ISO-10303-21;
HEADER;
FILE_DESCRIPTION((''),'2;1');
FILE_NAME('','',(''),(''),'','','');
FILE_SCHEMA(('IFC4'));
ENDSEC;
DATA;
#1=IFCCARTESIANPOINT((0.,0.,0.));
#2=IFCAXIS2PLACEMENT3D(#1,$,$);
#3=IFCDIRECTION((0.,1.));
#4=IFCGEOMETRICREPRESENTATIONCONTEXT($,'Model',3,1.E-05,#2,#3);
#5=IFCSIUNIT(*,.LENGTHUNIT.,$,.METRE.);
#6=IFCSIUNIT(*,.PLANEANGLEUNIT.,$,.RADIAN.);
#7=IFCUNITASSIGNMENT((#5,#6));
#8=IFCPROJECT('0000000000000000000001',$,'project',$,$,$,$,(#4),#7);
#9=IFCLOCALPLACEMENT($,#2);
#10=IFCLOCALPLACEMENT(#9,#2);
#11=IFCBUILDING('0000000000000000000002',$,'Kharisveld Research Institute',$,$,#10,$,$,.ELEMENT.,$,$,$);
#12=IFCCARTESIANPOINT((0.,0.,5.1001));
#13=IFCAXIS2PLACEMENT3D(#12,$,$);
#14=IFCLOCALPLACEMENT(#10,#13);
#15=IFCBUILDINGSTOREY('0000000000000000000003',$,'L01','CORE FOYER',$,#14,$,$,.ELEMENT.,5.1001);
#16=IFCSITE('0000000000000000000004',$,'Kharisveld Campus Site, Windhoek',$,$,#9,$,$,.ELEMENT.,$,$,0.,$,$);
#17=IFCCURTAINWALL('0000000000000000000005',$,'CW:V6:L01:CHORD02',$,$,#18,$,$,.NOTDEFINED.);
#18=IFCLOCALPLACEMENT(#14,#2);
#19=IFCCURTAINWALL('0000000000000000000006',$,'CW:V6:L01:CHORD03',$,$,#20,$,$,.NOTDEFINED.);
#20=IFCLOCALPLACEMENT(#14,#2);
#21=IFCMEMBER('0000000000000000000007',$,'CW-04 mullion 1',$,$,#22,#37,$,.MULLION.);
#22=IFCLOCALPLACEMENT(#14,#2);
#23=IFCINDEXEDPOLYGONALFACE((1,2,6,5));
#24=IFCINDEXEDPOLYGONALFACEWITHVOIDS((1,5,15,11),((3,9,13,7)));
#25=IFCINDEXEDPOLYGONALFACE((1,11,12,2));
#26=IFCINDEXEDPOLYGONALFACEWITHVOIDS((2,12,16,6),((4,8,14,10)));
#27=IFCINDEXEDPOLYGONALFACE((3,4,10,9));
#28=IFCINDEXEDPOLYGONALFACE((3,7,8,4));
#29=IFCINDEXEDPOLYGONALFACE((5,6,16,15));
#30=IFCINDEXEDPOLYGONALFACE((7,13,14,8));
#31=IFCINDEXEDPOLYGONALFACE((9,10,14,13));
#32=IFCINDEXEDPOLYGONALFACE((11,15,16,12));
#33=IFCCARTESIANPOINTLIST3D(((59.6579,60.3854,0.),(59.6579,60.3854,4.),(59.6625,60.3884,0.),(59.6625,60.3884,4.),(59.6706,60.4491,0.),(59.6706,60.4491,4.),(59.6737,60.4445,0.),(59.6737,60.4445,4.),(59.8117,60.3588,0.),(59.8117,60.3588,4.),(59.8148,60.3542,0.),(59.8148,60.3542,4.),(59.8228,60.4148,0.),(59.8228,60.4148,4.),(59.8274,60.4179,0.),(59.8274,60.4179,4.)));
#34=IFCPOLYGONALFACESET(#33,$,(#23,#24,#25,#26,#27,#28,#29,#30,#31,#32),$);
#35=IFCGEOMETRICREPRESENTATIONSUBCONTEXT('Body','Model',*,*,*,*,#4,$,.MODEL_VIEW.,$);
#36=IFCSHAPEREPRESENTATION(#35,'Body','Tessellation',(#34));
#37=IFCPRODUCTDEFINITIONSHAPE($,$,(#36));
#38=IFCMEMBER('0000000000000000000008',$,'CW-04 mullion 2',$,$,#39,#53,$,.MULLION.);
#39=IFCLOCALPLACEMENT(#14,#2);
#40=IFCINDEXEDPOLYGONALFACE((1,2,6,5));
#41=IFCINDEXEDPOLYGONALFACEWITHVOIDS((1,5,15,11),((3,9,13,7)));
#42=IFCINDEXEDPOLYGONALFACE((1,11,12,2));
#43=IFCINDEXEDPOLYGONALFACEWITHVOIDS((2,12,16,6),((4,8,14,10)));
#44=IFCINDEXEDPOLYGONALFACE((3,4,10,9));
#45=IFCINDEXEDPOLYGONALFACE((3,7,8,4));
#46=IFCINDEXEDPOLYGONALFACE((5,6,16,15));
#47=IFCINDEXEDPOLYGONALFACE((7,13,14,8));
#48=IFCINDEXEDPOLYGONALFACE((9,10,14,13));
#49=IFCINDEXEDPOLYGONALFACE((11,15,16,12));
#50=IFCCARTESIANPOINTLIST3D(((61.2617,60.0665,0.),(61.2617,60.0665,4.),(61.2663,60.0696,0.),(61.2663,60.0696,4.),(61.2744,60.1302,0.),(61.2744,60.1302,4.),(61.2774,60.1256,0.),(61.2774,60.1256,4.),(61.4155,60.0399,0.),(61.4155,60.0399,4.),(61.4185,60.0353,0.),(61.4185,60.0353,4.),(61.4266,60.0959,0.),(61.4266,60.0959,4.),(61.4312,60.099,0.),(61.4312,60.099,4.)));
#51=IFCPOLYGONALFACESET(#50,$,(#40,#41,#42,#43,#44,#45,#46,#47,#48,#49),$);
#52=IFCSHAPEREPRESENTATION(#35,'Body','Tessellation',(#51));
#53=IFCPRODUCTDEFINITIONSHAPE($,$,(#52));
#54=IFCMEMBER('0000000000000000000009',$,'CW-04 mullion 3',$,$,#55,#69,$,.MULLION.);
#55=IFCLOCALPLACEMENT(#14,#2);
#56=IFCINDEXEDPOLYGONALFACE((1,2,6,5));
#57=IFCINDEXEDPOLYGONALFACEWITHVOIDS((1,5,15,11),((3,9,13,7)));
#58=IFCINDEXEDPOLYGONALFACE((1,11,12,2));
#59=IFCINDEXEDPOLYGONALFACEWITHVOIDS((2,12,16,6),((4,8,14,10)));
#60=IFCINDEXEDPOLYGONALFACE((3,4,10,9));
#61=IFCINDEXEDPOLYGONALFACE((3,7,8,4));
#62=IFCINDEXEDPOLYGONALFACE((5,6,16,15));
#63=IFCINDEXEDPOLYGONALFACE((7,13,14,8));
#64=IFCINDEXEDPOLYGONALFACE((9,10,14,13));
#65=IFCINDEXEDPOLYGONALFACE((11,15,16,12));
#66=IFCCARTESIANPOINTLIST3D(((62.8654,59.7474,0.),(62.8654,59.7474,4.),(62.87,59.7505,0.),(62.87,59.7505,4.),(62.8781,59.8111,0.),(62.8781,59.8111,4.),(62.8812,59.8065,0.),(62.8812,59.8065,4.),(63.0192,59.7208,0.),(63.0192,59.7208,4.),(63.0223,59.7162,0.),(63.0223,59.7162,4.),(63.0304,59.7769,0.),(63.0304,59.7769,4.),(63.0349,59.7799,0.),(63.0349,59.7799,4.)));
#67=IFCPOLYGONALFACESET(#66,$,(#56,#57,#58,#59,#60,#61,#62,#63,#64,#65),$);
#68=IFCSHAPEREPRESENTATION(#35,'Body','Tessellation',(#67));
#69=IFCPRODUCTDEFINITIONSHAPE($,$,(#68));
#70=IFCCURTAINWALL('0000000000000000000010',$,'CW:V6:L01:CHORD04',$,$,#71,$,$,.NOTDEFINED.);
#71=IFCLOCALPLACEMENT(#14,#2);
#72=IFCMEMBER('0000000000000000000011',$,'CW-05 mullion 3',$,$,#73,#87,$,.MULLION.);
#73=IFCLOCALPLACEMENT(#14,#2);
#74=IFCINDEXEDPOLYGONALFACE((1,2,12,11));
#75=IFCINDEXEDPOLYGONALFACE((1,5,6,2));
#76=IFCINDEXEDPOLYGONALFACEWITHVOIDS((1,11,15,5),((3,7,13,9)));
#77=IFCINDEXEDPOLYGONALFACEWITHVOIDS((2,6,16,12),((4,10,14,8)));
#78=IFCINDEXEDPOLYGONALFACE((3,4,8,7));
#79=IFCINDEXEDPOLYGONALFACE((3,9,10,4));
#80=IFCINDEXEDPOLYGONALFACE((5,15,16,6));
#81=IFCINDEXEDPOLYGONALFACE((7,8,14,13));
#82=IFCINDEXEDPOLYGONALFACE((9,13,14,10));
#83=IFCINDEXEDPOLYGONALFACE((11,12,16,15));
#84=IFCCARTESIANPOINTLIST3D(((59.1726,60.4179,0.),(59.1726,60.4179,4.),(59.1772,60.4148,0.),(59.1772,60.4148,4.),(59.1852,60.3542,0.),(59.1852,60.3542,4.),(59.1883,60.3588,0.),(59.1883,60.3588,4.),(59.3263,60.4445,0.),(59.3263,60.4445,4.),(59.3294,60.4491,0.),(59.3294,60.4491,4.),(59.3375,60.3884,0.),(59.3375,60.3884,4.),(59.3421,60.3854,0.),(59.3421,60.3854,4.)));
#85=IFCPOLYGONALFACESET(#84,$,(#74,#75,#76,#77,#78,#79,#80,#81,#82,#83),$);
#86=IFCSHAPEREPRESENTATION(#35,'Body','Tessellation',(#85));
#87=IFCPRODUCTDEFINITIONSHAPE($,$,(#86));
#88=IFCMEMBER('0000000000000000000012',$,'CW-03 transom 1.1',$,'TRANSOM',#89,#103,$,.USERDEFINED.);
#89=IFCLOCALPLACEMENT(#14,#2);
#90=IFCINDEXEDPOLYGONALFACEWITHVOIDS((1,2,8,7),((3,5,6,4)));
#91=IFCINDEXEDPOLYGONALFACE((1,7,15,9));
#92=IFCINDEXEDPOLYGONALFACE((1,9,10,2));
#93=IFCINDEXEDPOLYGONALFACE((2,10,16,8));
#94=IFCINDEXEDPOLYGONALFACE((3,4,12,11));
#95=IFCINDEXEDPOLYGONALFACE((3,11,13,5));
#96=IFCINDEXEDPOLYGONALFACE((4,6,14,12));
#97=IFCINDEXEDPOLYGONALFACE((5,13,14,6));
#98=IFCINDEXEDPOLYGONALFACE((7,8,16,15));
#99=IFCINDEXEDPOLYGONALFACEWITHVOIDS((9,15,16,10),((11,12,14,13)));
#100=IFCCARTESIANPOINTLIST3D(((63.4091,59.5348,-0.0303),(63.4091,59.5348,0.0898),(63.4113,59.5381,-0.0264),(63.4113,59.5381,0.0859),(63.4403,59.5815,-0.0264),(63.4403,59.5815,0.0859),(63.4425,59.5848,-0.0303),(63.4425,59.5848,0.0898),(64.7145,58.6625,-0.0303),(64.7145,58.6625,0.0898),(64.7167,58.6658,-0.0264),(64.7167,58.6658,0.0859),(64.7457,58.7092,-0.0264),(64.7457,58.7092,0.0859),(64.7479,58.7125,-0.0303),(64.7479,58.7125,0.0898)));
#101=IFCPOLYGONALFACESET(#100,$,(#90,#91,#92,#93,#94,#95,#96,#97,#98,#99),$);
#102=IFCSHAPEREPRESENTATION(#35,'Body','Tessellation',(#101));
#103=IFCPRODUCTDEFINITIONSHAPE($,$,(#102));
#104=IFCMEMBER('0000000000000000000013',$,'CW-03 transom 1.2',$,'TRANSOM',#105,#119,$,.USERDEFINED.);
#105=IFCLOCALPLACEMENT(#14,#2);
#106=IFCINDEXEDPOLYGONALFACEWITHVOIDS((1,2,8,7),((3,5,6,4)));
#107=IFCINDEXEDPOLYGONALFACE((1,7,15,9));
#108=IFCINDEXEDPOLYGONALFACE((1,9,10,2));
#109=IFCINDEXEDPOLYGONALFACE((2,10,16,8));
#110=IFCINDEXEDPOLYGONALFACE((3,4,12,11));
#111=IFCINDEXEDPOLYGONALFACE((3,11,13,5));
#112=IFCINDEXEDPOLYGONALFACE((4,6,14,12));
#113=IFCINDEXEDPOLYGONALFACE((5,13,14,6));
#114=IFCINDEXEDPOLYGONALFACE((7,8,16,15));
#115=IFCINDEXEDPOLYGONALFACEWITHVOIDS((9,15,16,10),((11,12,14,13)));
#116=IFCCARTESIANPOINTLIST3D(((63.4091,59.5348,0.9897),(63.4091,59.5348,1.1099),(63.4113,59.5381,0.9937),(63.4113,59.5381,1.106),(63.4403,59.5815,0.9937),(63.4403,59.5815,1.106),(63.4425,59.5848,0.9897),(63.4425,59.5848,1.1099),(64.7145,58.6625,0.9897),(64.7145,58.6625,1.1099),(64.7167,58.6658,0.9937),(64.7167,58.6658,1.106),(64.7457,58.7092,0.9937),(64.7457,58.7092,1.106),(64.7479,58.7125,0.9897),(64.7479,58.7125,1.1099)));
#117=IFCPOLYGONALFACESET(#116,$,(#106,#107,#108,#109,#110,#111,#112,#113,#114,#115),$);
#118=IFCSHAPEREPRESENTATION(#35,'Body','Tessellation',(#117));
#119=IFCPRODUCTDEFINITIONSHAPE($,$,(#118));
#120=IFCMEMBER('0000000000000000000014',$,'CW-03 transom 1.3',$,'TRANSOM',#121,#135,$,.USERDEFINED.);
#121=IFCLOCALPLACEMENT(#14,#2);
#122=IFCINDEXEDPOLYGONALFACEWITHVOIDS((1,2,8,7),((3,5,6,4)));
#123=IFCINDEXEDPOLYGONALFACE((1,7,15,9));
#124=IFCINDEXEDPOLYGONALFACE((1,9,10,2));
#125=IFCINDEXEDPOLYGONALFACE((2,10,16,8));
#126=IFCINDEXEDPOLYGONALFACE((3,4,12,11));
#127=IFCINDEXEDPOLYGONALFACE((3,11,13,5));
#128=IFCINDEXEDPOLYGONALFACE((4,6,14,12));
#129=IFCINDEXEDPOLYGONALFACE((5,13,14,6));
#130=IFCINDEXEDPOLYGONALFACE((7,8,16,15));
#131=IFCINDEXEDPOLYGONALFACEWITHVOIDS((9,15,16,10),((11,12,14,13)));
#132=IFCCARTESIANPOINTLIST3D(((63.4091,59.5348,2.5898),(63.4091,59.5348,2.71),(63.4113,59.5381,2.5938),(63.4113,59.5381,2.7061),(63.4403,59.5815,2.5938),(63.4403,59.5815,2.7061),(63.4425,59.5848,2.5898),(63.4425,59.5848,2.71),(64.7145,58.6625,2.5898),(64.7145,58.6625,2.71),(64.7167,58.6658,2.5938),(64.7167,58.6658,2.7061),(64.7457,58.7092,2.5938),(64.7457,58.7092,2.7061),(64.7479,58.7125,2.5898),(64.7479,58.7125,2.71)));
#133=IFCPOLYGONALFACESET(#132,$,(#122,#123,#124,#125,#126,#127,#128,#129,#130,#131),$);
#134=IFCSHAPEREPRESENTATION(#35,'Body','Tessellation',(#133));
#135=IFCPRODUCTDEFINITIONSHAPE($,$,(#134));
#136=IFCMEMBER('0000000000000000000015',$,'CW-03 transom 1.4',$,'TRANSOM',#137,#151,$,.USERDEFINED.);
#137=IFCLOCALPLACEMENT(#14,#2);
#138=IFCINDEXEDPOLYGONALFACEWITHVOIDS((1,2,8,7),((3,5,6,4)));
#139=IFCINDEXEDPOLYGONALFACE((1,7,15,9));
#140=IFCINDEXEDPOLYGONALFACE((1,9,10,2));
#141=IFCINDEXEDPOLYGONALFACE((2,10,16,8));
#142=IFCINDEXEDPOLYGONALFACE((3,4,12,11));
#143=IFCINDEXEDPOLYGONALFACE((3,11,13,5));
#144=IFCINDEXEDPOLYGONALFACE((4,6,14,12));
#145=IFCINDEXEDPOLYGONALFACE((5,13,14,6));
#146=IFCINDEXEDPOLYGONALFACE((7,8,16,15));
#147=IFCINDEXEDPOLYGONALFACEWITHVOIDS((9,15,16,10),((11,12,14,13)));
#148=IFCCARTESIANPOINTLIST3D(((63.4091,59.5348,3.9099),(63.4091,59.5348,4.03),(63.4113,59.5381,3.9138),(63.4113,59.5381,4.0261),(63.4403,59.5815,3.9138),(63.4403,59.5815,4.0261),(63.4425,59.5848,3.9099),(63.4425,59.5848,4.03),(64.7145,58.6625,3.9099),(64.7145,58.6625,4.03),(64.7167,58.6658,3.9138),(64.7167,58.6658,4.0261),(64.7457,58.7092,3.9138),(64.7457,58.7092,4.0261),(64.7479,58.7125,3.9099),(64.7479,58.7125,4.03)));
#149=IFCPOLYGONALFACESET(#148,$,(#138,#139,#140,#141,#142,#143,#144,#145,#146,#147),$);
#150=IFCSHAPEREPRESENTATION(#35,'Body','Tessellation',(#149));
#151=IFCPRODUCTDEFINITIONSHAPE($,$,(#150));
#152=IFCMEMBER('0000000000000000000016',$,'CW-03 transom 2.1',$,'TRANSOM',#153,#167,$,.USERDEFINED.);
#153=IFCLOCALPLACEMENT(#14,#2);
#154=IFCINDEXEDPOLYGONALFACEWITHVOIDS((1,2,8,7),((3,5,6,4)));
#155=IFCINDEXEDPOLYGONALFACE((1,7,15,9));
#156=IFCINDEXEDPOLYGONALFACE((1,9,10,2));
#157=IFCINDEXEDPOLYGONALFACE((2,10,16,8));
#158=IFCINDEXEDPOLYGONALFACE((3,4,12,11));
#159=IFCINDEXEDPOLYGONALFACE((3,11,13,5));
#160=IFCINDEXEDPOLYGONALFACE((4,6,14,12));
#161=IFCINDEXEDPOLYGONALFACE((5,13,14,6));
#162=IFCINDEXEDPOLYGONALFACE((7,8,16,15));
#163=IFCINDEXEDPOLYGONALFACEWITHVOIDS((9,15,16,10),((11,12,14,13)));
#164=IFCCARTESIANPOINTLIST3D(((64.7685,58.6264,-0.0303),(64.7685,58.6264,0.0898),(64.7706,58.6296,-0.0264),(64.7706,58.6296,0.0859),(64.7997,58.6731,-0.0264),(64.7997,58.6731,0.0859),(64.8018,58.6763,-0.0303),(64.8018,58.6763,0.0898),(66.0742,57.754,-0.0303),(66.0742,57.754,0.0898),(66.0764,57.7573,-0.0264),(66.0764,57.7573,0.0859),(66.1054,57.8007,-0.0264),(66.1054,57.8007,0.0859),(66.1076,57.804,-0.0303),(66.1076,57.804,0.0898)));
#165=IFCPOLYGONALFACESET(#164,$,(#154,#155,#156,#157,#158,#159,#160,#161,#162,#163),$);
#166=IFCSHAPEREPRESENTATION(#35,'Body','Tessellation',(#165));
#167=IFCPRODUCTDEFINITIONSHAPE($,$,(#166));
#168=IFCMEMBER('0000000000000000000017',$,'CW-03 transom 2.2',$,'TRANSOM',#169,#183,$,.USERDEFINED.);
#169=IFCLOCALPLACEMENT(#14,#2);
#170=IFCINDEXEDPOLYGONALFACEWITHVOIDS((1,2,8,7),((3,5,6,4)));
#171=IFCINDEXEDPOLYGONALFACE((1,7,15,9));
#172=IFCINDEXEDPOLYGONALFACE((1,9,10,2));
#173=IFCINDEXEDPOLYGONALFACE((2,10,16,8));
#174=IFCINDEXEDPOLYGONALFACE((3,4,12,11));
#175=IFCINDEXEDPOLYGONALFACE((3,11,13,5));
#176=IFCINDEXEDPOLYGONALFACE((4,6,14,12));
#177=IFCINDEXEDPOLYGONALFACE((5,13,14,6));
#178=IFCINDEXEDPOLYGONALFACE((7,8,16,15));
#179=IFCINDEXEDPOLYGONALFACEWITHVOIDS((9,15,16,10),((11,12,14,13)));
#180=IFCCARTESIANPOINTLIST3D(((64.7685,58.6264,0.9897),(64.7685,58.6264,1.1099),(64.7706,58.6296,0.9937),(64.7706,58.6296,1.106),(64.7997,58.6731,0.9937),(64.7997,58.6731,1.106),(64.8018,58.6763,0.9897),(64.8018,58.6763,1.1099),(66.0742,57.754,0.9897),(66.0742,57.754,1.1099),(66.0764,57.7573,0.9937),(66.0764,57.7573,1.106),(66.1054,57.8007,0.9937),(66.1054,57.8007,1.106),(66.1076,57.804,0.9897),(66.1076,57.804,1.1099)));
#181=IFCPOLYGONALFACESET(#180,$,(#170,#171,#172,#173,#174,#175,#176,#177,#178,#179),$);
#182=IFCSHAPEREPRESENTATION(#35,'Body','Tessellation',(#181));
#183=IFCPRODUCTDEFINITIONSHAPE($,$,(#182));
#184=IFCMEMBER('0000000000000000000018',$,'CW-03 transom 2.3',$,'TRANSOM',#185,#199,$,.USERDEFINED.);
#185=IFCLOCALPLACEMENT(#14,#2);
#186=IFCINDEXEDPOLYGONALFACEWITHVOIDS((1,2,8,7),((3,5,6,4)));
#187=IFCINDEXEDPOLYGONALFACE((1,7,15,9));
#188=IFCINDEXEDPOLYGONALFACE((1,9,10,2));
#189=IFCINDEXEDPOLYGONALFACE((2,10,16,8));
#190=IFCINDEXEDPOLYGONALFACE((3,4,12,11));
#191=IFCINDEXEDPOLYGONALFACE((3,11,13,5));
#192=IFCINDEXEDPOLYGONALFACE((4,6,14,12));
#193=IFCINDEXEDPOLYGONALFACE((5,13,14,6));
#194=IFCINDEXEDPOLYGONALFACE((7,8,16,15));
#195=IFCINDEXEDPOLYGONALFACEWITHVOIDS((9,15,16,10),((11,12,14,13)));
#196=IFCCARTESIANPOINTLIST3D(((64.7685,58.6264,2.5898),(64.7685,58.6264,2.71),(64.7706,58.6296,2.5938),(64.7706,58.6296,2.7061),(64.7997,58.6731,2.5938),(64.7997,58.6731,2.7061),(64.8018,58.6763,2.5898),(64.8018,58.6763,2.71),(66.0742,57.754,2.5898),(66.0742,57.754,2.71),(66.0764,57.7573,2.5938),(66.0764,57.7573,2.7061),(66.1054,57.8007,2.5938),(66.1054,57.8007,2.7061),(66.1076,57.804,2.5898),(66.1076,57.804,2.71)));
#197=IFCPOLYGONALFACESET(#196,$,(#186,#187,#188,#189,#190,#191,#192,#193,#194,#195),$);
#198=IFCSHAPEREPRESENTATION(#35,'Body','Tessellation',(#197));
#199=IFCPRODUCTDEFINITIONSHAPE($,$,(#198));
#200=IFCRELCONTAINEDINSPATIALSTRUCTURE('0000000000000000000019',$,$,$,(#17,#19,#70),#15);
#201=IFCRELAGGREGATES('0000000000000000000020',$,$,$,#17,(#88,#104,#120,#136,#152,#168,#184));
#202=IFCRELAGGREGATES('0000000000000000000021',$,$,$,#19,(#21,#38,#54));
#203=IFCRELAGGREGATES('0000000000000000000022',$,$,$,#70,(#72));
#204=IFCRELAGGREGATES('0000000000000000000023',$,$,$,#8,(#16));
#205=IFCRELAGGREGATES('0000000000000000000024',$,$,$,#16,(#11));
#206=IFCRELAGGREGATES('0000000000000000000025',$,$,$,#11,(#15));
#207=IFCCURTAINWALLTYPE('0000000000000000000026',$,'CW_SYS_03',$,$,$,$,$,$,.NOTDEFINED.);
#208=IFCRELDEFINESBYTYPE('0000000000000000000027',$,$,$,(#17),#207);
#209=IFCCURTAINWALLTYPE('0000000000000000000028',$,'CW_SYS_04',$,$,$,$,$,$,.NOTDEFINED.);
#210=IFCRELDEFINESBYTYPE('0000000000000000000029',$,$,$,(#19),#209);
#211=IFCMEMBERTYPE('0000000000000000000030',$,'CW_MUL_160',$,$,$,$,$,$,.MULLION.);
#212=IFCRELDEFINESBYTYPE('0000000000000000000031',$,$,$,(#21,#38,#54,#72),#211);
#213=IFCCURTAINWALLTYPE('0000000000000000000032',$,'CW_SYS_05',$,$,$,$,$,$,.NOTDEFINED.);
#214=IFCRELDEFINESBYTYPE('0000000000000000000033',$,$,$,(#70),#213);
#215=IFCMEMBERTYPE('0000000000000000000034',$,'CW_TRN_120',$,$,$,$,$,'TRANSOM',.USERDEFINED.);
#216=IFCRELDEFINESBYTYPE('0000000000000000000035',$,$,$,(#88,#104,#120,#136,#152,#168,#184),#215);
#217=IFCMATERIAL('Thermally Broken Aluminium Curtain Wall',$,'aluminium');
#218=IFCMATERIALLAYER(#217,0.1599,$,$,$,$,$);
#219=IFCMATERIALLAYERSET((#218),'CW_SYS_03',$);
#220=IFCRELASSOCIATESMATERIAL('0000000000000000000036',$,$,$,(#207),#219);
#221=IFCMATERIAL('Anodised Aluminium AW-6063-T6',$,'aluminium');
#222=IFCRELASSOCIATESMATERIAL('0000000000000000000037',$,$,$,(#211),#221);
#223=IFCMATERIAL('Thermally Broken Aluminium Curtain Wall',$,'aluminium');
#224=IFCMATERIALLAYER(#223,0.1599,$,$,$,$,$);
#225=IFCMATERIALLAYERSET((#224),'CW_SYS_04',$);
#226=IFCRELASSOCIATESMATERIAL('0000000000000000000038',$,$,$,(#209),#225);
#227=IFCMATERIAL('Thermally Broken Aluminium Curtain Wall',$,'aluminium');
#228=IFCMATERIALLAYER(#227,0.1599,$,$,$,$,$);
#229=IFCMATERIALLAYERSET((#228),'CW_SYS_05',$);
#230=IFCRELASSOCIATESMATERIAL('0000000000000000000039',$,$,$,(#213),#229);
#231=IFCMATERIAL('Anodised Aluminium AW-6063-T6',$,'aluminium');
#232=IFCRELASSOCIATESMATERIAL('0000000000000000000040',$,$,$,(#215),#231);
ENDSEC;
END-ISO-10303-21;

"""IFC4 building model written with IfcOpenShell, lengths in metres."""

from ifc_helpers import new_model, si_unit, direction, frame, origin, origin_2d, place, context, subcontext, project, spatial, hollow_rectangle, extrude, material, layer, layer_set, material_profile, profile_set, type_object, element, aggregate, save


model = new_model("IFC4")

# Units and contexts
model_context = context("Model", 3, precision=1e-05, world=origin(), true_north=direction((0.0, 1.0)))
body_context = subcontext(model_context, "Body", "Model", "MODEL_VIEW")
ifc_project = project(units=[si_unit("LENGTHUNIT", "METRE"), si_unit("PLANEANGLEUNIT", "RADIAN")], contexts=[model_context])

# Site, building, storey
site_placement = place(None, origin())
site = spatial("IfcSite", under=ifc_project, at=site_placement, Name="Kharisveld Campus Site, Windhoek", CompositionType="ELEMENT", RefElevation=0.0)
building_placement = place(site_placement, origin())
building = spatial("IfcBuilding", under=site, at=building_placement, Name="Kharisveld Research Institute", CompositionType="ELEMENT")
storey_placement = place(building_placement, frame((0.0, 0.0, 5.1001)))
storey = spatial("IfcBuildingStorey", under=building, at=storey_placement, Name="L01", Description="CORE FOYER", CompositionType="ELEMENT", Elevation=5.1001)

# Curtain walls, members
ifc_material_1 = material(Name="Thermally Broken Aluminium Curtain Wall", Category="aluminium")
ifc_layer_1 = layer(ifc_material_1, 0.1599)
ifc_layer_set_1 = layer_set([ifc_layer_1], Name="CW_SYS_03")
curtain_wall_type_1 = type_object("IfcCurtainWallType", Name="CW_SYS_03", PredefinedType="NOTDEFINED", material=ifc_layer_set_1)
curtain_wall_1_placement = place(storey_placement, origin())
curtain_wall_1 = element("IfcCurtainWall", 1, at=curtain_wall_1_placement, inside=storey, type_object=curtain_wall_type_1, Name="CW:V6:L01:CHORD02", PredefinedType="NOTDEFINED")
ifc_material_2 = material(Name="Anodised Aluminium AW-6063-T6", Category="aluminium")
ifc_material_profile_1 = material_profile(ifc_material_2, hollow_rectangle(XDim=0.0649, YDim=0.1599, WallThickness=0.0039, at=origin_2d()))
ifc_profile_set_1 = profile_set([ifc_material_profile_1], Name="Anodised Aluminium AW-6063-T6")
member_type_1 = type_object("IfcMemberType", Name="CW_MUL_160", PredefinedType="MULLION", material=ifc_profile_set_1)
ifc_material_3 = material(Name="Thermally Broken Aluminium Curtain Wall", Category="aluminium")
ifc_layer_2 = layer(ifc_material_3, 0.1599)
ifc_layer_set_2 = layer_set([ifc_layer_2], Name="CW_SYS_04")
curtain_wall_type_2 = type_object("IfcCurtainWallType", Name="CW_SYS_04", PredefinedType="NOTDEFINED", material=ifc_layer_set_2)
curtain_wall_2_placement = place(storey_placement, origin())
curtain_wall_2 = element("IfcCurtainWall", 2, at=curtain_wall_2_placement, inside=storey, type_object=curtain_wall_type_2, Name="CW:V6:L01:CHORD03", PredefinedType="NOTDEFINED")
member_1_placement = place(storey_placement, frame((59.7427, 60.4016, 0.0), z_axis=(0.0, 0.0, 1.0), x_axis=(0.195091, 0.980785, 0.0)))
member_1 = element("IfcMember", 3, at=member_1_placement, type_object=member_type_1, Name="CW-04 mullion 1", PredefinedType="MULLION", context=body_context, shape_type="SweptSolid", body=[
    extrude(hollow_rectangle(XDim=0.0649, YDim=0.1599, WallThickness=0.0039, at=origin_2d()), origin(), (0.0, 0.0, 1.0), 4.0),
])
member_2_placement = place(storey_placement, frame((61.3464, 60.0828, 0.0), z_axis=(0.0, 0.0, 1.0), x_axis=(0.195091, 0.980785, 0.0)))
member_2 = element("IfcMember", 4, at=member_2_placement, type_object=member_type_1, Name="CW-04 mullion 2", PredefinedType="MULLION", context=body_context, shape_type="SweptSolid", body=[
    extrude(hollow_rectangle(XDim=0.0649, YDim=0.1599, WallThickness=0.0039, at=origin_2d()), origin(), (0.0, 0.0, 1.0), 4.0),
])
member_3_placement = place(storey_placement, frame((62.9502, 59.7637, 0.0), z_axis=(0.0, 0.0, 1.0), x_axis=(0.195091, 0.980785, 0.0)))
member_3 = element("IfcMember", 5, at=member_3_placement, type_object=member_type_1, Name="CW-04 mullion 3", PredefinedType="MULLION", context=body_context, shape_type="SweptSolid", body=[
    extrude(hollow_rectangle(XDim=0.0649, YDim=0.1599, WallThickness=0.0039, at=origin_2d()), origin(), (0.0, 0.0, 1.0), 4.0),
])

# Curtain wall, member
ifc_material_4 = material(Name="Thermally Broken Aluminium Curtain Wall", Category="aluminium")
ifc_layer_3 = layer(ifc_material_4, 0.1599)
ifc_layer_set_3 = layer_set([ifc_layer_3], Name="CW_SYS_05")
curtain_wall_type_3 = type_object("IfcCurtainWallType", Name="CW_SYS_05", PredefinedType="NOTDEFINED", material=ifc_layer_set_3)
curtain_wall_3_placement = place(storey_placement, origin())
curtain_wall_3 = element("IfcCurtainWall", 6, at=curtain_wall_3_placement, inside=storey, type_object=curtain_wall_type_3, Name="CW:V6:L01:CHORD04", PredefinedType="NOTDEFINED")
member_4_placement = place(storey_placement, frame((59.2573, 60.4016, 0.0), z_axis=(0.0, 0.0, 1.0), x_axis=(-0.195091, 0.980785, 0.0)))
member_4 = element("IfcMember", 7, at=member_4_placement, type_object=member_type_1, Name="CW-05 mullion 3", PredefinedType="MULLION", context=body_context, shape_type="SweptSolid", body=[
    extrude(hollow_rectangle(XDim=0.0649, YDim=0.1599, WallThickness=0.0039, at=origin_2d()), origin(), (0.0, 0.0, 1.0), 4.0),
])

# Members
ifc_material_5 = material(Name="Anodised Aluminium AW-6063-T6", Category="aluminium")
ifc_material_profile_2 = material_profile(ifc_material_5, hollow_rectangle(XDim=0.0601, YDim=0.1201, WallThickness=0.0039, at=origin_2d()))
ifc_profile_set_2 = profile_set([ifc_material_profile_2], Name="Anodised Aluminium AW-6063-T6")
member_type_2 = type_object("IfcMemberType", Name="CW_TRN_120", ElementType="TRANSOM", PredefinedType="USERDEFINED", material=ifc_profile_set_2)
member_5_placement = place(storey_placement, frame((63.4258, 59.5598, 0.0298), z_axis=(0.831452, -0.555597, 0.0), x_axis=(0.555597, 0.831452, 0.0)))
member_5 = element("IfcMember", 8, at=member_5_placement, type_object=member_type_2, Name="CW-03 transom 1.1", ObjectType="TRANSOM", PredefinedType="USERDEFINED", context=body_context, shape_type="SweptSolid", body=[
    extrude(hollow_rectangle(XDim=0.0601, YDim=0.1201, WallThickness=0.0039, at=origin_2d()), origin(), (0.0, 0.0, 1.0), 1.5701),
])
member_6_placement = place(storey_placement, frame((63.4258, 59.5598, 1.0498), z_axis=(0.831452, -0.555597, 0.0), x_axis=(0.555597, 0.831452, 0.0)))
member_6 = element("IfcMember", 9, at=member_6_placement, type_object=member_type_2, Name="CW-03 transom 1.2", ObjectType="TRANSOM", PredefinedType="USERDEFINED", context=body_context, shape_type="SweptSolid", body=[
    extrude(hollow_rectangle(XDim=0.0601, YDim=0.1201, WallThickness=0.0039, at=origin_2d()), origin(), (0.0, 0.0, 1.0), 1.5701),
])
member_7_placement = place(storey_placement, frame((63.4258, 59.5598, 2.6499), z_axis=(0.831452, -0.555597, 0.0), x_axis=(0.555597, 0.831452, 0.0)))
member_7 = element("IfcMember", 10, at=member_7_placement, type_object=member_type_2, Name="CW-03 transom 1.3", ObjectType="TRANSOM", PredefinedType="USERDEFINED", context=body_context, shape_type="SweptSolid", body=[
    extrude(hollow_rectangle(XDim=0.0601, YDim=0.1201, WallThickness=0.0039, at=origin_2d()), origin(), (0.0, 0.0, 1.0), 1.5701),
])
member_8_placement = place(storey_placement, frame((63.4258, 59.5598, 3.97), z_axis=(0.831452, -0.555597, 0.0), x_axis=(0.555597, 0.831452, 0.0)))
member_8 = element("IfcMember", 11, at=member_8_placement, type_object=member_type_2, Name="CW-03 transom 1.4", ObjectType="TRANSOM", PredefinedType="USERDEFINED", context=body_context, shape_type="SweptSolid", body=[
    extrude(hollow_rectangle(XDim=0.0601, YDim=0.1201, WallThickness=0.0039, at=origin_2d()), origin(), (0.0, 0.0, 1.0), 1.5701),
])
member_9_placement = place(storey_placement, frame((64.7852, 58.6514, 0.0298), z_axis=(0.8315, -0.555525, 0.0), x_axis=(0.555525, 0.8315, 0.0)))
member_9 = element("IfcMember", 12, at=member_9_placement, type_object=member_type_2, Name="CW-03 transom 2.1", ObjectType="TRANSOM", PredefinedType="USERDEFINED", context=body_context, shape_type="SweptSolid", body=[
    extrude(hollow_rectangle(XDim=0.0601, YDim=0.1201, WallThickness=0.0039, at=origin_2d()), origin(), (0.0, 0.0, 1.0), 1.5703),
])
member_10_placement = place(storey_placement, frame((64.7852, 58.6514, 1.0498), z_axis=(0.8315, -0.555525, 0.0), x_axis=(0.555525, 0.8315, 0.0)))
member_10 = element("IfcMember", 13, at=member_10_placement, type_object=member_type_2, Name="CW-03 transom 2.2", ObjectType="TRANSOM", PredefinedType="USERDEFINED", context=body_context, shape_type="SweptSolid", body=[
    extrude(hollow_rectangle(XDim=0.0601, YDim=0.1201, WallThickness=0.0039, at=origin_2d()), origin(), (0.0, 0.0, 1.0), 1.5703),
])
member_11_placement = place(storey_placement, frame((64.7852, 58.6514, 2.6499), z_axis=(0.8315, -0.555525, 0.0), x_axis=(0.555525, 0.8315, 0.0)))
member_11 = element("IfcMember", 14, at=member_11_placement, type_object=member_type_2, Name="CW-03 transom 2.3", ObjectType="TRANSOM", PredefinedType="USERDEFINED", context=body_context, shape_type="SweptSolid", body=[
    extrude(hollow_rectangle(XDim=0.0601, YDim=0.1201, WallThickness=0.0039, at=origin_2d()), origin(), (0.0, 0.0, 1.0), 1.5703),
])

aggregate(curtain_wall_1, [member_5, member_6, member_7, member_8, member_9, member_10, member_11])
aggregate(curtain_wall_2, [member_1, member_2, member_3])
aggregate(curtain_wall_3, [member_4])

save(model, "model.ifc")
